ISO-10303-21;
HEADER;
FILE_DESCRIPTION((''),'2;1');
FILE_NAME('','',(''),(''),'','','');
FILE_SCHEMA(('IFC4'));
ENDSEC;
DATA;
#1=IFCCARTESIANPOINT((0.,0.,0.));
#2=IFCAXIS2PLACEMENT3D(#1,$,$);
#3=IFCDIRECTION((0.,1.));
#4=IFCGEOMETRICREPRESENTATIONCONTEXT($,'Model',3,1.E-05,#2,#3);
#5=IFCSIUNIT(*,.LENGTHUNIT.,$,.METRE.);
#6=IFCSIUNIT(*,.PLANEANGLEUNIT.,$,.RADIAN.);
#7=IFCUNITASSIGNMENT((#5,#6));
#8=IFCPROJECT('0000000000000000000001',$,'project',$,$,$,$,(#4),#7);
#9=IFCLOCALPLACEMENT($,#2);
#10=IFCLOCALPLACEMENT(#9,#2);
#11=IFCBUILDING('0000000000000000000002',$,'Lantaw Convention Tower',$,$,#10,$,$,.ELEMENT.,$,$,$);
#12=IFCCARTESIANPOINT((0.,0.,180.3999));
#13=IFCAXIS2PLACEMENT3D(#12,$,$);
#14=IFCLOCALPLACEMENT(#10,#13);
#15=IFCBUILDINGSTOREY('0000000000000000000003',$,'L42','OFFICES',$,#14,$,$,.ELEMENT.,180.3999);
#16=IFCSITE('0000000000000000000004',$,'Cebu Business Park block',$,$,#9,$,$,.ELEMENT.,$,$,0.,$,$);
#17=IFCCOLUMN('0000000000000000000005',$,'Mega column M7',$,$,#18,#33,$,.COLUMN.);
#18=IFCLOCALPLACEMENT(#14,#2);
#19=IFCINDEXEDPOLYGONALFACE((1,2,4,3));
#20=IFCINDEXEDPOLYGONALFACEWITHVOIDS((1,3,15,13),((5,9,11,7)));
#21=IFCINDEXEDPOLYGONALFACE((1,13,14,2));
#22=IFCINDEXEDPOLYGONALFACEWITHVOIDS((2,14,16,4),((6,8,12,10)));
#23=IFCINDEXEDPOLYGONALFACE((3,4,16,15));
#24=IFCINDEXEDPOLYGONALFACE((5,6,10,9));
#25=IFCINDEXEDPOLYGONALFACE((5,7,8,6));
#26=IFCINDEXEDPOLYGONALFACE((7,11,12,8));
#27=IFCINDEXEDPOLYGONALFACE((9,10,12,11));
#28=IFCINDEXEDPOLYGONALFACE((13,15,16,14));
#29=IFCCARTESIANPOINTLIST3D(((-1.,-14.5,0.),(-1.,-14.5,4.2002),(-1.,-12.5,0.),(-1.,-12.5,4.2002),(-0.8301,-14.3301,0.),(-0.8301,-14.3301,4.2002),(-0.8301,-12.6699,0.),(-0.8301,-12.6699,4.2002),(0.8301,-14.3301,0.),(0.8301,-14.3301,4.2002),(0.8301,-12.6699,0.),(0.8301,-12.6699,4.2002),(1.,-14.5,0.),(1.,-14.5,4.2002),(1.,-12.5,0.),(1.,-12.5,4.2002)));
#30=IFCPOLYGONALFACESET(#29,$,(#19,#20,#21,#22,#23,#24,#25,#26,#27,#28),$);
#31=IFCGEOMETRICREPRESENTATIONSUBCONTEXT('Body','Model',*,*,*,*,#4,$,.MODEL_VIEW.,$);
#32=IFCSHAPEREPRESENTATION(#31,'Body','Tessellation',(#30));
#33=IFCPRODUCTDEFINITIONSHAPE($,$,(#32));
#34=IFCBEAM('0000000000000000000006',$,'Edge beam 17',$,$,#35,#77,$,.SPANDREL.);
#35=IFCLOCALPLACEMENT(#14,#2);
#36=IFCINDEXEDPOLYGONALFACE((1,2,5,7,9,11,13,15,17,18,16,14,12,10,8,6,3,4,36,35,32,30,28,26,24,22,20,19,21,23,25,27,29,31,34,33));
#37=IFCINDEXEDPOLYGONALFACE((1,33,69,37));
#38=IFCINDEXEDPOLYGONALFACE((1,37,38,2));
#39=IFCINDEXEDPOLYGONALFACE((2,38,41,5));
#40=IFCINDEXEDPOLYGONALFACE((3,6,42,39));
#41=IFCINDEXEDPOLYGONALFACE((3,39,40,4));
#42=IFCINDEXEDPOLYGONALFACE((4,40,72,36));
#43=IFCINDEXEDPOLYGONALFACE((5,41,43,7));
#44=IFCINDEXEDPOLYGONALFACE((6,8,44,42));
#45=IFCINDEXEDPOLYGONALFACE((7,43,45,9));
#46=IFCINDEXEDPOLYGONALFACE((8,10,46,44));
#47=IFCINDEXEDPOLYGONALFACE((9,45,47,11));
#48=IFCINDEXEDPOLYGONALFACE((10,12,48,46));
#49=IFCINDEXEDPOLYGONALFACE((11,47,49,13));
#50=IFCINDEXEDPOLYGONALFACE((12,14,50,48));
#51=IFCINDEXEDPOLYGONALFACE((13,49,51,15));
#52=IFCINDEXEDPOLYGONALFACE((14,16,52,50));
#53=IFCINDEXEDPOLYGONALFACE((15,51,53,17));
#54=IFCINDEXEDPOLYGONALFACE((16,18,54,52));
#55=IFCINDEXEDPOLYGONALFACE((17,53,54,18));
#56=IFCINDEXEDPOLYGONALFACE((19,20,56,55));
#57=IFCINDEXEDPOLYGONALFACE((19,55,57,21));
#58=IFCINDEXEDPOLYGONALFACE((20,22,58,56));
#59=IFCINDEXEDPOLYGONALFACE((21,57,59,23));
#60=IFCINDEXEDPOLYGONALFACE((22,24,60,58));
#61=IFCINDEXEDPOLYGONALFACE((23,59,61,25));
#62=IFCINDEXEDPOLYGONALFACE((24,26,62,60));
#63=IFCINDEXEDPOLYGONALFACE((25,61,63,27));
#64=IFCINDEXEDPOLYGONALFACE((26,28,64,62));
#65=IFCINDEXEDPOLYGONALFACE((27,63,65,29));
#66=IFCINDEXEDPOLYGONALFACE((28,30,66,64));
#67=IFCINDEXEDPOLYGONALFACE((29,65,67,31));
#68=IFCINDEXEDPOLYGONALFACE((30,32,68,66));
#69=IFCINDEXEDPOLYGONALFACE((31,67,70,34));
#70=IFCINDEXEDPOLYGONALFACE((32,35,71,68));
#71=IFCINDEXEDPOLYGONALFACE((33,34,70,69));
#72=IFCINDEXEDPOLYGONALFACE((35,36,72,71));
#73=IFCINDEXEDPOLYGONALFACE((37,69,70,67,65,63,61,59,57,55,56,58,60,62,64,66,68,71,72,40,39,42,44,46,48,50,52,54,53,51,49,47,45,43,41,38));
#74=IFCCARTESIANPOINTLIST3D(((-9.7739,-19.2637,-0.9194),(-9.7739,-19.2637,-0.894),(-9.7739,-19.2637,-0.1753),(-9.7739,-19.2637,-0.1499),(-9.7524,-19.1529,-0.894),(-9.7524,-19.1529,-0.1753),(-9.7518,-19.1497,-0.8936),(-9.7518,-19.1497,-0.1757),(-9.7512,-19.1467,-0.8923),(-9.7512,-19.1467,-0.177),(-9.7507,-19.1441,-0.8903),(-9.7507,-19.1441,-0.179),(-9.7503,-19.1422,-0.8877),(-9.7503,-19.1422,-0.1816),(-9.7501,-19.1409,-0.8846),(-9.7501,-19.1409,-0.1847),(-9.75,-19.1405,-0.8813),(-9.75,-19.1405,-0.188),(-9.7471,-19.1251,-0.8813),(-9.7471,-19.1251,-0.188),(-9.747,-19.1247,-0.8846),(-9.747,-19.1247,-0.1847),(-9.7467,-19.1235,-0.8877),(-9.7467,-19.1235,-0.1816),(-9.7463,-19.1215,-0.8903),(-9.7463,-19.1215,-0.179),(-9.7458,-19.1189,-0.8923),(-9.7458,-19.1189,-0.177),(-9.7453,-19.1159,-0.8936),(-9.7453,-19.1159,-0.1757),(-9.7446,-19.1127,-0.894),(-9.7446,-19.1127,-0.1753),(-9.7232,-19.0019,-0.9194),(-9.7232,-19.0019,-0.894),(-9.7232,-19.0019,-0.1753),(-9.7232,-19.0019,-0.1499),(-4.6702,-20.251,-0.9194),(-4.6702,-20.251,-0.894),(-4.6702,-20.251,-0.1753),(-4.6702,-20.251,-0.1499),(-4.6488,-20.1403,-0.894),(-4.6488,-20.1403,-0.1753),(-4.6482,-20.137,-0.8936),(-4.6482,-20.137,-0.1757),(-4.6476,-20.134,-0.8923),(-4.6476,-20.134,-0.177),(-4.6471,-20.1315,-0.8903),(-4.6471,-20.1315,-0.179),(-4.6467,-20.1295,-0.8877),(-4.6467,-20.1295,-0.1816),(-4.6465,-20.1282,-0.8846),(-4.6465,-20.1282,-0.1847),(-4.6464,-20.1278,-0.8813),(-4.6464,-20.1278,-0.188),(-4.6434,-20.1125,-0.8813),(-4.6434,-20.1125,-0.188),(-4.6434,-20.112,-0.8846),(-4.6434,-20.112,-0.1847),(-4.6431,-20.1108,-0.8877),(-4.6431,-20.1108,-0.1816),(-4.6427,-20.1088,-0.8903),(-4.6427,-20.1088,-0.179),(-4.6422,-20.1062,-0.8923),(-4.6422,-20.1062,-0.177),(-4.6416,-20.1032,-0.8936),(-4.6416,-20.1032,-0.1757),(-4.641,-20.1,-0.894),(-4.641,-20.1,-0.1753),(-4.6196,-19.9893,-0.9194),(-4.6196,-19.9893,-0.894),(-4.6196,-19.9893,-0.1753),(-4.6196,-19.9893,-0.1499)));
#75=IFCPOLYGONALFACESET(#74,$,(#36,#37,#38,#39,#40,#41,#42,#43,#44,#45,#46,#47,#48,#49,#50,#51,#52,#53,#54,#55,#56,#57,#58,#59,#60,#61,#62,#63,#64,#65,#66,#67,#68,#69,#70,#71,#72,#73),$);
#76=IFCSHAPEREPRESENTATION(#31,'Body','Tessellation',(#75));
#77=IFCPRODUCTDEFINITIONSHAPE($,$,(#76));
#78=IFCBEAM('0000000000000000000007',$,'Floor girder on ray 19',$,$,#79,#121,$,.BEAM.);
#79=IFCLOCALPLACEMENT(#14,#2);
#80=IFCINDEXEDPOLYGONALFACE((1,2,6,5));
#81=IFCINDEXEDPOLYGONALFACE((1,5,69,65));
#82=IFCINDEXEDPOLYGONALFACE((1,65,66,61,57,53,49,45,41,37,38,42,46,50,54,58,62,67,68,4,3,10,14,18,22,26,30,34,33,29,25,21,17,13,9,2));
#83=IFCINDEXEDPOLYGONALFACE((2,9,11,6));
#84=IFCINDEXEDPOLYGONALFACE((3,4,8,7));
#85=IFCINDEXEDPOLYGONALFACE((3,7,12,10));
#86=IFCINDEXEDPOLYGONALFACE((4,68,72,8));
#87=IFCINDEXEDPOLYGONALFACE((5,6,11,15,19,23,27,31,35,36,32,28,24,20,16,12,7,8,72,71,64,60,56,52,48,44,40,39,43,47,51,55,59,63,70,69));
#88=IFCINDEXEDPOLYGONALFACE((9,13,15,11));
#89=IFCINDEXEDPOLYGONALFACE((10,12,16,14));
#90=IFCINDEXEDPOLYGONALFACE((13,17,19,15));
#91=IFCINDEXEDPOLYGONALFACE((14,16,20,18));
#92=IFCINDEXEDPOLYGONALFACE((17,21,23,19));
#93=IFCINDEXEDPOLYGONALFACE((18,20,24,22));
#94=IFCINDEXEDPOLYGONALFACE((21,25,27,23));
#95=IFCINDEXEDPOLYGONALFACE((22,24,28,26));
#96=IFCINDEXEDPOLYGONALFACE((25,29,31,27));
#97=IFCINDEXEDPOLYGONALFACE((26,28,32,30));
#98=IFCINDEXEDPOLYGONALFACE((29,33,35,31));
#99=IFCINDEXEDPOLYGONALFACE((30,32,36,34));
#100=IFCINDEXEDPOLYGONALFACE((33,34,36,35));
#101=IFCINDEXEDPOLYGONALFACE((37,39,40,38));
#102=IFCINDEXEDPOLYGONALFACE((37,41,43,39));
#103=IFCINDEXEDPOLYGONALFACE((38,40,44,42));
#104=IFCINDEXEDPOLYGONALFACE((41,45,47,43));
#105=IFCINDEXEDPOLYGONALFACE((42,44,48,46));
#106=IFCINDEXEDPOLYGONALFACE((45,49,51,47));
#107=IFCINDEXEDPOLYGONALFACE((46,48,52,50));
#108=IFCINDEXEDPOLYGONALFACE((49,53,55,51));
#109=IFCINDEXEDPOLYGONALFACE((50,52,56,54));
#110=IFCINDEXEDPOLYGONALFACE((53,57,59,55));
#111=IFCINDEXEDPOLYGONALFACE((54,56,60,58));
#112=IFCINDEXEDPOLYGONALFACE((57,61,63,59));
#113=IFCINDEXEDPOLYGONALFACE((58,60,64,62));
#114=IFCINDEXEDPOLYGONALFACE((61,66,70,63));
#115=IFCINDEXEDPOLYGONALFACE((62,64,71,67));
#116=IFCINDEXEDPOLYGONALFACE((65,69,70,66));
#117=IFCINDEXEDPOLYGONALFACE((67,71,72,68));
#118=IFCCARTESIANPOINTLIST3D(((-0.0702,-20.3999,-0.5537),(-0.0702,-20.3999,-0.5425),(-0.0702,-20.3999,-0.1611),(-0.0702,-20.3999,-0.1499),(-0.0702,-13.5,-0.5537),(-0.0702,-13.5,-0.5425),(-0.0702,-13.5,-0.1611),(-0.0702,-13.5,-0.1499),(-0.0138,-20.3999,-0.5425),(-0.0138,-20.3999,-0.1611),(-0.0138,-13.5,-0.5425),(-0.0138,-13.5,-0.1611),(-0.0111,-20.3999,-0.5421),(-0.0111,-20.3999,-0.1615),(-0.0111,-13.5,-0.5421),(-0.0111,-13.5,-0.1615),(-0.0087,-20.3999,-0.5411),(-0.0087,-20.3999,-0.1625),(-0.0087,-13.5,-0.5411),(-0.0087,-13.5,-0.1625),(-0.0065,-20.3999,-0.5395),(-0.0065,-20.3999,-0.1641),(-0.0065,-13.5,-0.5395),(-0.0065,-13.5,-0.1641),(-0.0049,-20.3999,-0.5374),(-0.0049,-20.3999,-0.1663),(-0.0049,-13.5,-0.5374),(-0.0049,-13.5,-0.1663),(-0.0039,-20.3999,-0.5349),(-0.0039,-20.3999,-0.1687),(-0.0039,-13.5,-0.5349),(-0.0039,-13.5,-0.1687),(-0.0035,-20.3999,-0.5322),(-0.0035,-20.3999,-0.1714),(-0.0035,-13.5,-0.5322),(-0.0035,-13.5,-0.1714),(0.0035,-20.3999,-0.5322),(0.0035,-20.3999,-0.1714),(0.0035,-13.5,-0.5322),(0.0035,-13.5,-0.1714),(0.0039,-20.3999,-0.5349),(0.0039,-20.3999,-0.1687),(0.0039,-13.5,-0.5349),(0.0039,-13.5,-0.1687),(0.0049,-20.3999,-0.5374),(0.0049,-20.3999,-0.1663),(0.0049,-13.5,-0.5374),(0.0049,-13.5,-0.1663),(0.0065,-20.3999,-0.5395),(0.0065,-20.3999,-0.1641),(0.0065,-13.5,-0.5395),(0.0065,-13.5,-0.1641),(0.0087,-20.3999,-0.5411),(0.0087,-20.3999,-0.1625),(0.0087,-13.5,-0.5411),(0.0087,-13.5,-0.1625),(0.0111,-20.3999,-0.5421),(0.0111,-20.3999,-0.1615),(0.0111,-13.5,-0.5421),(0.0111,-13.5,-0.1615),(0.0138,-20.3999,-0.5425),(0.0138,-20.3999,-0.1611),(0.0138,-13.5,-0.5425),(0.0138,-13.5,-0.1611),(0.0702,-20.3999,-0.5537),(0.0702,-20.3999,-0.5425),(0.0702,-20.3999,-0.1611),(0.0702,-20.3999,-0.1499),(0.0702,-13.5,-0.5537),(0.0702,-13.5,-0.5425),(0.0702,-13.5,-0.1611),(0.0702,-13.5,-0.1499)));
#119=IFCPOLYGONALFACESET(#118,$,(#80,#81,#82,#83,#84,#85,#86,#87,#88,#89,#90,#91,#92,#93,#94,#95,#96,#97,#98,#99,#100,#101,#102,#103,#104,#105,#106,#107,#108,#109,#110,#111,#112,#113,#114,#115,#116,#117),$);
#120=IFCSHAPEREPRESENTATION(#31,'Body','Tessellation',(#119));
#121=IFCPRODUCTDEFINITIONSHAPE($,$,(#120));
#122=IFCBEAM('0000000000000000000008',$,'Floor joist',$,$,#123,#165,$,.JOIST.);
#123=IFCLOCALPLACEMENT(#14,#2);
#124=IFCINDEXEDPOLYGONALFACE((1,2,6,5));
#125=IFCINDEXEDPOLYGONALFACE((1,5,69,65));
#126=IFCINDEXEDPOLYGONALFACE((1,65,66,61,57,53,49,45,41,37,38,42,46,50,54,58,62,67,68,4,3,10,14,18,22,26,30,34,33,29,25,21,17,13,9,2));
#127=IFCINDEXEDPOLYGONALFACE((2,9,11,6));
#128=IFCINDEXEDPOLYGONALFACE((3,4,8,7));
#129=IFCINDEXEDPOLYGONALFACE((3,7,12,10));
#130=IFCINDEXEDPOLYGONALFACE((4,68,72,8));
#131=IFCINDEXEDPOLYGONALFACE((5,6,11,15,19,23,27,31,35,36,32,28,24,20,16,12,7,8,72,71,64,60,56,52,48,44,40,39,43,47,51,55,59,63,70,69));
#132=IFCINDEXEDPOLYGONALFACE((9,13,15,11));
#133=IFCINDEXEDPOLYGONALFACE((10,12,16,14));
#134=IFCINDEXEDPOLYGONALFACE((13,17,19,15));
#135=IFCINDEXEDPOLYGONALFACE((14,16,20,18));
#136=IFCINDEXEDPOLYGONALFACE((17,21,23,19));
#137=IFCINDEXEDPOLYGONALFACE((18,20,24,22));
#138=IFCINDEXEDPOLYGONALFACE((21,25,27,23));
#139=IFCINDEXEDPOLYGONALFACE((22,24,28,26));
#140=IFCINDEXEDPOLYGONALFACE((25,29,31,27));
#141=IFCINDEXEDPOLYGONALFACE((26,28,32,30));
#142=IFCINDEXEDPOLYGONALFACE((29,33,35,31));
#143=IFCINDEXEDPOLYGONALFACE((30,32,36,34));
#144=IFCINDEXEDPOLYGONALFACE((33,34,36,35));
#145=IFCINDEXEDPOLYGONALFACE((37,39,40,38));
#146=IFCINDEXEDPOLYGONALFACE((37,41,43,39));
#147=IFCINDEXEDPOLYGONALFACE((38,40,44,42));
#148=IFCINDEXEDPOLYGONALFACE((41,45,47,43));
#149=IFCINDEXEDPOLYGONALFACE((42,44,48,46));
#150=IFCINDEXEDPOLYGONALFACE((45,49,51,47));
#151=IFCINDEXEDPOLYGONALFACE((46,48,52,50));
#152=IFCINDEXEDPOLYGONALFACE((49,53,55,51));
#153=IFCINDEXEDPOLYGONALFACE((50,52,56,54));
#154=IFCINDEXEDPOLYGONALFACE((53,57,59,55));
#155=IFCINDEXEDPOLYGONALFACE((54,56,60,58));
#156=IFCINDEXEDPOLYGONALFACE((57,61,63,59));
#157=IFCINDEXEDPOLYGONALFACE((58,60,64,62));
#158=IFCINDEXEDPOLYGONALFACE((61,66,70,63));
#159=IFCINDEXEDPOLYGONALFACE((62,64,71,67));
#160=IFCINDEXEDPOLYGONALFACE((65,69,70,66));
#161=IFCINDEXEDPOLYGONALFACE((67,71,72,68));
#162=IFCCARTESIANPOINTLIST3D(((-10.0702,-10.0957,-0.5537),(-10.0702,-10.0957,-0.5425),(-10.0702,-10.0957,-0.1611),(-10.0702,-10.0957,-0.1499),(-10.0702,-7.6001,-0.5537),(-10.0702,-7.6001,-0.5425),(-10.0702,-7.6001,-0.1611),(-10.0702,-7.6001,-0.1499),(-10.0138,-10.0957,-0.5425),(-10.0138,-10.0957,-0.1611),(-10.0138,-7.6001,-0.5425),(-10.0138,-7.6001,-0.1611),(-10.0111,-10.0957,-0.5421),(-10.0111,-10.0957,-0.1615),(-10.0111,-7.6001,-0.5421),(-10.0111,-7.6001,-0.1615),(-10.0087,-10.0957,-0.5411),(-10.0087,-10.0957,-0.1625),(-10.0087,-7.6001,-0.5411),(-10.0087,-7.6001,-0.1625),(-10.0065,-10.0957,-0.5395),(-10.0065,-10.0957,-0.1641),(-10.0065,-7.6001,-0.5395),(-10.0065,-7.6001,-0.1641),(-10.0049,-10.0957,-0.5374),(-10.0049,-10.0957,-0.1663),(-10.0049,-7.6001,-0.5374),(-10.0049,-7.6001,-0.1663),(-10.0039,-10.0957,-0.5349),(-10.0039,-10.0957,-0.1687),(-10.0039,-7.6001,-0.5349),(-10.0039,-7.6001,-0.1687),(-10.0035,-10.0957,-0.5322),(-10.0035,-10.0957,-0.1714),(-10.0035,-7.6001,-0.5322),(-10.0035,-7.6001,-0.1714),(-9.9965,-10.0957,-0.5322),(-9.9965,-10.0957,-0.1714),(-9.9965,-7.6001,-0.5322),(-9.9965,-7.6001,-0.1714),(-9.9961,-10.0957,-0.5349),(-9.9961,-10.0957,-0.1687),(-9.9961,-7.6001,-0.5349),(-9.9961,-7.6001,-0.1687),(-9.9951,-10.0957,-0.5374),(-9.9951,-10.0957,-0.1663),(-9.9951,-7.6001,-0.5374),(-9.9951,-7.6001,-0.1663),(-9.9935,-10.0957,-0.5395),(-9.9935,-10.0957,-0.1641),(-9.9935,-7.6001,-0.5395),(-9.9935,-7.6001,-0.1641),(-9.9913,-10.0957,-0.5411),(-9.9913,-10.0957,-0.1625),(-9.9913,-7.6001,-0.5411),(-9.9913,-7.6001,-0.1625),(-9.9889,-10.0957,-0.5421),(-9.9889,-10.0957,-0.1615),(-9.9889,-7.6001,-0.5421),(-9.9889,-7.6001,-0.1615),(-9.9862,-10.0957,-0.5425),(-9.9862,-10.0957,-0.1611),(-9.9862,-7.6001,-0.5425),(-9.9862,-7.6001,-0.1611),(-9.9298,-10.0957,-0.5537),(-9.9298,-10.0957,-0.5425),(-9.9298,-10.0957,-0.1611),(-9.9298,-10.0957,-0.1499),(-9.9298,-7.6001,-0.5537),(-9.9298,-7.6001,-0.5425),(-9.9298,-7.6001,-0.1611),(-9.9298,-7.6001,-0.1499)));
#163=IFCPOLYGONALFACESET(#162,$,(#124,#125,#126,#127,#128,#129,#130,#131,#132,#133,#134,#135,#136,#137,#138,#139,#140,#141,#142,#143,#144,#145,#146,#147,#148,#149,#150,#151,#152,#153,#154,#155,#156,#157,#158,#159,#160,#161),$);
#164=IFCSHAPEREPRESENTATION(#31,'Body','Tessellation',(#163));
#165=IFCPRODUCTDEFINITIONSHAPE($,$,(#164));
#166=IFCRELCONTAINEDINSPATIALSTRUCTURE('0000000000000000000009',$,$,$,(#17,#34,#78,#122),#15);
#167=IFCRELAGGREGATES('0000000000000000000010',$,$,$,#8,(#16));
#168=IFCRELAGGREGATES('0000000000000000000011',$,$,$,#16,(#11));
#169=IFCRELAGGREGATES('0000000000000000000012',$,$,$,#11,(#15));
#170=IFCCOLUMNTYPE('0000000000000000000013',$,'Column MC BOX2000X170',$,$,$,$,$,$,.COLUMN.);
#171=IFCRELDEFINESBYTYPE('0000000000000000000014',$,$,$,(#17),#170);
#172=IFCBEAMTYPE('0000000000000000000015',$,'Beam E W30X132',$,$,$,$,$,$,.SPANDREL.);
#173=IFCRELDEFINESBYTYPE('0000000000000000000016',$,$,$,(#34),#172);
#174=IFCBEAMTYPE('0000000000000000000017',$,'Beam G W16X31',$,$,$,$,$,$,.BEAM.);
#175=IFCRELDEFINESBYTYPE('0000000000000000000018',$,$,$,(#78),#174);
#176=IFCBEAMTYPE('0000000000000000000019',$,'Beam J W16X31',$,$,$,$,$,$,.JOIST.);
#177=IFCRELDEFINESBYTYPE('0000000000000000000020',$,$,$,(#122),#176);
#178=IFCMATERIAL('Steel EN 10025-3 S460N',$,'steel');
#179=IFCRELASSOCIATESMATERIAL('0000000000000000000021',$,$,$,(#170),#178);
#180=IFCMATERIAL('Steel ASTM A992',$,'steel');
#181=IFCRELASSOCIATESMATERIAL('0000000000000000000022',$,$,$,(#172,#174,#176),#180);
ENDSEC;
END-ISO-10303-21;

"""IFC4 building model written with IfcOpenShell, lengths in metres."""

from ifc_helpers import new_model, si_unit, direction, frame, origin, origin_2d, place, context, subcontext, project, spatial, rectangle, hollow_rectangle, i_section, extrude, material, material_profile, profile_set, type_object, element, save


model = new_model("IFC4")

# Units and contexts
model_context = context("Model", 3, precision=1e-05, world=origin(), true_north=direction((0.0, 1.0)))
body_context = subcontext(model_context, "Body", "Model", "MODEL_VIEW")
ifc_project = project(units=[si_unit("LENGTHUNIT", "METRE"), si_unit("PLANEANGLEUNIT", "RADIAN")], contexts=[model_context])

# Site, building, storey
site_placement = place(None, origin())
site = spatial("IfcSite", under=ifc_project, at=site_placement, Name="Cebu Business Park block", CompositionType="ELEMENT", RefElevation=0.0)
building_placement = place(site_placement, origin())
building = spatial("IfcBuilding", under=site, at=building_placement, Name="Lantaw Convention Tower", CompositionType="ELEMENT")
storey_placement = place(building_placement, frame((0.0, 0.0, 180.3999)))
storey = spatial("IfcBuildingStorey", under=building, at=storey_placement, Name="L42", Description="OFFICES", CompositionType="ELEMENT", Elevation=180.3999)

# Column
ifc_material_1 = material(Name="Steel EN 10025-3 S460N", Category="steel")
ifc_material_profile_1 = material_profile(ifc_material_1, hollow_rectangle(XDim=2.0, YDim=2.0, WallThickness=0.1699, at=origin_2d()), Name="BOX2000X170")
ifc_material_2 = material(Name="Concrete C60/75", Category="concrete")
ifc_material_profile_2 = material_profile(ifc_material_2, rectangle(XDim=1.6599, YDim=1.6599, at=origin_2d()), Name="Concrete fill of BOX2000X170")
ifc_profile_set_1 = profile_set([ifc_material_profile_1, ifc_material_profile_2], Name="Steel EN 10025-3 S460N")
column_type = type_object("IfcColumnType", Name="Column MC BOX2000X170", PredefinedType="COLUMN", material=ifc_profile_set_1)
column_placement = place(storey_placement, frame((0.0, -13.5, 0.0), z_axis=(0.0, 0.0, 1.0), x_axis=(1.0, 0.0, 0.0)))
element("IfcColumn", 1, at=column_placement, inside=storey, type_object=column_type, Name="Mega column M7", PredefinedType="COLUMN", context=body_context, shape_type="SweptSolid", body=[
    extrude(hollow_rectangle(XDim=2.0, YDim=2.0, WallThickness=0.1699, at=origin_2d()), origin(), (0.0, 0.0, 1.0), 4.2002),
])

# Beams
ifc_material_3 = material(Name="Steel ASTM A992", Category="steel")
ifc_material_profile_3 = material_profile(ifc_material_3, i_section(OverallWidth=0.2666, OverallDepth=0.7695, WebThickness=0.0156, FlangeThickness=0.0254, FilletRadius=0.0127, at=origin_2d()), Name="W30X132")
ifc_profile_set_2 = profile_set([ifc_material_profile_3], Name="Steel ASTM A992")
beam_type_1 = type_object("IfcBeamType", Name="Beam E W30X132", PredefinedType="SPANDREL", material=ifc_profile_set_2)
beam_1_placement = place(storey_placement, frame((-9.7485, -19.1328, -0.5347), z_axis=(0.981797, -0.189934, 0.0), x_axis=(0.189934, 0.981797, 0.0)))
element("IfcBeam", 2, at=beam_1_placement, inside=storey, type_object=beam_type_1, Name="Edge beam 17", PredefinedType="SPANDREL", context=body_context, shape_type="SweptSolid", body=[
    extrude(i_section(OverallWidth=0.2666, OverallDepth=0.7695, WebThickness=0.0156, FlangeThickness=0.0254, FilletRadius=0.0127, at=origin_2d()), origin(), (0.0, 0.0, 1.0), 5.1982),
])
ifc_material_profile_4 = material_profile(ifc_material_3, i_section(OverallWidth=0.1404, OverallDepth=0.4038, WebThickness=0.0071, FlangeThickness=0.0112, FilletRadius=0.0103, at=origin_2d()), Name="W16X31")
ifc_profile_set_3 = profile_set([ifc_material_profile_4], Name="Steel ASTM A992")
beam_type_2 = type_object("IfcBeamType", Name="Beam G W16X31", PredefinedType="BEAM", material=ifc_profile_set_3)
beam_2_placement = place(storey_placement, frame((0.0, -13.5, -0.3518), z_axis=(0.0, -1.0, 0.0), x_axis=(1.0, 0.0, 0.0)))
element("IfcBeam", 3, at=beam_2_placement, inside=storey, type_object=beam_type_2, Name="Floor girder on ray 19", PredefinedType="BEAM", context=body_context, shape_type="SweptSolid", body=[
    extrude(i_section(OverallWidth=0.1404, OverallDepth=0.4038, WebThickness=0.0071, FlangeThickness=0.0112, FilletRadius=0.0103, at=origin_2d()), origin(), (0.0, 0.0, 1.0), 6.8999),
])
ifc_material_profile_5 = material_profile(ifc_material_3, i_section(OverallWidth=0.1404, OverallDepth=0.4038, WebThickness=0.0071, FlangeThickness=0.0112, FilletRadius=0.0103, at=origin_2d()), Name="W16X31")
ifc_profile_set_4 = profile_set([ifc_material_profile_5], Name="Steel ASTM A992")
beam_type_3 = type_object("IfcBeamType", Name="Beam J W16X31", PredefinedType="JOIST", material=ifc_profile_set_4)
beam_3_placement = place(storey_placement, frame((-10.0, -10.0957, -0.3518), z_axis=(0.0, 1.0, 0.0), x_axis=(-1.0, 0.0, 0.0)))
element("IfcBeam", 4, at=beam_3_placement, inside=storey, type_object=beam_type_3, Name="Floor joist", PredefinedType="JOIST", context=body_context, shape_type="SweptSolid", body=[
    extrude(i_section(OverallWidth=0.1404, OverallDepth=0.4038, WebThickness=0.0071, FlangeThickness=0.0112, FilletRadius=0.0103, at=origin_2d()), origin(), (0.0, 0.0, 1.0), 2.4956),
])

save(model, "model.ifc")
